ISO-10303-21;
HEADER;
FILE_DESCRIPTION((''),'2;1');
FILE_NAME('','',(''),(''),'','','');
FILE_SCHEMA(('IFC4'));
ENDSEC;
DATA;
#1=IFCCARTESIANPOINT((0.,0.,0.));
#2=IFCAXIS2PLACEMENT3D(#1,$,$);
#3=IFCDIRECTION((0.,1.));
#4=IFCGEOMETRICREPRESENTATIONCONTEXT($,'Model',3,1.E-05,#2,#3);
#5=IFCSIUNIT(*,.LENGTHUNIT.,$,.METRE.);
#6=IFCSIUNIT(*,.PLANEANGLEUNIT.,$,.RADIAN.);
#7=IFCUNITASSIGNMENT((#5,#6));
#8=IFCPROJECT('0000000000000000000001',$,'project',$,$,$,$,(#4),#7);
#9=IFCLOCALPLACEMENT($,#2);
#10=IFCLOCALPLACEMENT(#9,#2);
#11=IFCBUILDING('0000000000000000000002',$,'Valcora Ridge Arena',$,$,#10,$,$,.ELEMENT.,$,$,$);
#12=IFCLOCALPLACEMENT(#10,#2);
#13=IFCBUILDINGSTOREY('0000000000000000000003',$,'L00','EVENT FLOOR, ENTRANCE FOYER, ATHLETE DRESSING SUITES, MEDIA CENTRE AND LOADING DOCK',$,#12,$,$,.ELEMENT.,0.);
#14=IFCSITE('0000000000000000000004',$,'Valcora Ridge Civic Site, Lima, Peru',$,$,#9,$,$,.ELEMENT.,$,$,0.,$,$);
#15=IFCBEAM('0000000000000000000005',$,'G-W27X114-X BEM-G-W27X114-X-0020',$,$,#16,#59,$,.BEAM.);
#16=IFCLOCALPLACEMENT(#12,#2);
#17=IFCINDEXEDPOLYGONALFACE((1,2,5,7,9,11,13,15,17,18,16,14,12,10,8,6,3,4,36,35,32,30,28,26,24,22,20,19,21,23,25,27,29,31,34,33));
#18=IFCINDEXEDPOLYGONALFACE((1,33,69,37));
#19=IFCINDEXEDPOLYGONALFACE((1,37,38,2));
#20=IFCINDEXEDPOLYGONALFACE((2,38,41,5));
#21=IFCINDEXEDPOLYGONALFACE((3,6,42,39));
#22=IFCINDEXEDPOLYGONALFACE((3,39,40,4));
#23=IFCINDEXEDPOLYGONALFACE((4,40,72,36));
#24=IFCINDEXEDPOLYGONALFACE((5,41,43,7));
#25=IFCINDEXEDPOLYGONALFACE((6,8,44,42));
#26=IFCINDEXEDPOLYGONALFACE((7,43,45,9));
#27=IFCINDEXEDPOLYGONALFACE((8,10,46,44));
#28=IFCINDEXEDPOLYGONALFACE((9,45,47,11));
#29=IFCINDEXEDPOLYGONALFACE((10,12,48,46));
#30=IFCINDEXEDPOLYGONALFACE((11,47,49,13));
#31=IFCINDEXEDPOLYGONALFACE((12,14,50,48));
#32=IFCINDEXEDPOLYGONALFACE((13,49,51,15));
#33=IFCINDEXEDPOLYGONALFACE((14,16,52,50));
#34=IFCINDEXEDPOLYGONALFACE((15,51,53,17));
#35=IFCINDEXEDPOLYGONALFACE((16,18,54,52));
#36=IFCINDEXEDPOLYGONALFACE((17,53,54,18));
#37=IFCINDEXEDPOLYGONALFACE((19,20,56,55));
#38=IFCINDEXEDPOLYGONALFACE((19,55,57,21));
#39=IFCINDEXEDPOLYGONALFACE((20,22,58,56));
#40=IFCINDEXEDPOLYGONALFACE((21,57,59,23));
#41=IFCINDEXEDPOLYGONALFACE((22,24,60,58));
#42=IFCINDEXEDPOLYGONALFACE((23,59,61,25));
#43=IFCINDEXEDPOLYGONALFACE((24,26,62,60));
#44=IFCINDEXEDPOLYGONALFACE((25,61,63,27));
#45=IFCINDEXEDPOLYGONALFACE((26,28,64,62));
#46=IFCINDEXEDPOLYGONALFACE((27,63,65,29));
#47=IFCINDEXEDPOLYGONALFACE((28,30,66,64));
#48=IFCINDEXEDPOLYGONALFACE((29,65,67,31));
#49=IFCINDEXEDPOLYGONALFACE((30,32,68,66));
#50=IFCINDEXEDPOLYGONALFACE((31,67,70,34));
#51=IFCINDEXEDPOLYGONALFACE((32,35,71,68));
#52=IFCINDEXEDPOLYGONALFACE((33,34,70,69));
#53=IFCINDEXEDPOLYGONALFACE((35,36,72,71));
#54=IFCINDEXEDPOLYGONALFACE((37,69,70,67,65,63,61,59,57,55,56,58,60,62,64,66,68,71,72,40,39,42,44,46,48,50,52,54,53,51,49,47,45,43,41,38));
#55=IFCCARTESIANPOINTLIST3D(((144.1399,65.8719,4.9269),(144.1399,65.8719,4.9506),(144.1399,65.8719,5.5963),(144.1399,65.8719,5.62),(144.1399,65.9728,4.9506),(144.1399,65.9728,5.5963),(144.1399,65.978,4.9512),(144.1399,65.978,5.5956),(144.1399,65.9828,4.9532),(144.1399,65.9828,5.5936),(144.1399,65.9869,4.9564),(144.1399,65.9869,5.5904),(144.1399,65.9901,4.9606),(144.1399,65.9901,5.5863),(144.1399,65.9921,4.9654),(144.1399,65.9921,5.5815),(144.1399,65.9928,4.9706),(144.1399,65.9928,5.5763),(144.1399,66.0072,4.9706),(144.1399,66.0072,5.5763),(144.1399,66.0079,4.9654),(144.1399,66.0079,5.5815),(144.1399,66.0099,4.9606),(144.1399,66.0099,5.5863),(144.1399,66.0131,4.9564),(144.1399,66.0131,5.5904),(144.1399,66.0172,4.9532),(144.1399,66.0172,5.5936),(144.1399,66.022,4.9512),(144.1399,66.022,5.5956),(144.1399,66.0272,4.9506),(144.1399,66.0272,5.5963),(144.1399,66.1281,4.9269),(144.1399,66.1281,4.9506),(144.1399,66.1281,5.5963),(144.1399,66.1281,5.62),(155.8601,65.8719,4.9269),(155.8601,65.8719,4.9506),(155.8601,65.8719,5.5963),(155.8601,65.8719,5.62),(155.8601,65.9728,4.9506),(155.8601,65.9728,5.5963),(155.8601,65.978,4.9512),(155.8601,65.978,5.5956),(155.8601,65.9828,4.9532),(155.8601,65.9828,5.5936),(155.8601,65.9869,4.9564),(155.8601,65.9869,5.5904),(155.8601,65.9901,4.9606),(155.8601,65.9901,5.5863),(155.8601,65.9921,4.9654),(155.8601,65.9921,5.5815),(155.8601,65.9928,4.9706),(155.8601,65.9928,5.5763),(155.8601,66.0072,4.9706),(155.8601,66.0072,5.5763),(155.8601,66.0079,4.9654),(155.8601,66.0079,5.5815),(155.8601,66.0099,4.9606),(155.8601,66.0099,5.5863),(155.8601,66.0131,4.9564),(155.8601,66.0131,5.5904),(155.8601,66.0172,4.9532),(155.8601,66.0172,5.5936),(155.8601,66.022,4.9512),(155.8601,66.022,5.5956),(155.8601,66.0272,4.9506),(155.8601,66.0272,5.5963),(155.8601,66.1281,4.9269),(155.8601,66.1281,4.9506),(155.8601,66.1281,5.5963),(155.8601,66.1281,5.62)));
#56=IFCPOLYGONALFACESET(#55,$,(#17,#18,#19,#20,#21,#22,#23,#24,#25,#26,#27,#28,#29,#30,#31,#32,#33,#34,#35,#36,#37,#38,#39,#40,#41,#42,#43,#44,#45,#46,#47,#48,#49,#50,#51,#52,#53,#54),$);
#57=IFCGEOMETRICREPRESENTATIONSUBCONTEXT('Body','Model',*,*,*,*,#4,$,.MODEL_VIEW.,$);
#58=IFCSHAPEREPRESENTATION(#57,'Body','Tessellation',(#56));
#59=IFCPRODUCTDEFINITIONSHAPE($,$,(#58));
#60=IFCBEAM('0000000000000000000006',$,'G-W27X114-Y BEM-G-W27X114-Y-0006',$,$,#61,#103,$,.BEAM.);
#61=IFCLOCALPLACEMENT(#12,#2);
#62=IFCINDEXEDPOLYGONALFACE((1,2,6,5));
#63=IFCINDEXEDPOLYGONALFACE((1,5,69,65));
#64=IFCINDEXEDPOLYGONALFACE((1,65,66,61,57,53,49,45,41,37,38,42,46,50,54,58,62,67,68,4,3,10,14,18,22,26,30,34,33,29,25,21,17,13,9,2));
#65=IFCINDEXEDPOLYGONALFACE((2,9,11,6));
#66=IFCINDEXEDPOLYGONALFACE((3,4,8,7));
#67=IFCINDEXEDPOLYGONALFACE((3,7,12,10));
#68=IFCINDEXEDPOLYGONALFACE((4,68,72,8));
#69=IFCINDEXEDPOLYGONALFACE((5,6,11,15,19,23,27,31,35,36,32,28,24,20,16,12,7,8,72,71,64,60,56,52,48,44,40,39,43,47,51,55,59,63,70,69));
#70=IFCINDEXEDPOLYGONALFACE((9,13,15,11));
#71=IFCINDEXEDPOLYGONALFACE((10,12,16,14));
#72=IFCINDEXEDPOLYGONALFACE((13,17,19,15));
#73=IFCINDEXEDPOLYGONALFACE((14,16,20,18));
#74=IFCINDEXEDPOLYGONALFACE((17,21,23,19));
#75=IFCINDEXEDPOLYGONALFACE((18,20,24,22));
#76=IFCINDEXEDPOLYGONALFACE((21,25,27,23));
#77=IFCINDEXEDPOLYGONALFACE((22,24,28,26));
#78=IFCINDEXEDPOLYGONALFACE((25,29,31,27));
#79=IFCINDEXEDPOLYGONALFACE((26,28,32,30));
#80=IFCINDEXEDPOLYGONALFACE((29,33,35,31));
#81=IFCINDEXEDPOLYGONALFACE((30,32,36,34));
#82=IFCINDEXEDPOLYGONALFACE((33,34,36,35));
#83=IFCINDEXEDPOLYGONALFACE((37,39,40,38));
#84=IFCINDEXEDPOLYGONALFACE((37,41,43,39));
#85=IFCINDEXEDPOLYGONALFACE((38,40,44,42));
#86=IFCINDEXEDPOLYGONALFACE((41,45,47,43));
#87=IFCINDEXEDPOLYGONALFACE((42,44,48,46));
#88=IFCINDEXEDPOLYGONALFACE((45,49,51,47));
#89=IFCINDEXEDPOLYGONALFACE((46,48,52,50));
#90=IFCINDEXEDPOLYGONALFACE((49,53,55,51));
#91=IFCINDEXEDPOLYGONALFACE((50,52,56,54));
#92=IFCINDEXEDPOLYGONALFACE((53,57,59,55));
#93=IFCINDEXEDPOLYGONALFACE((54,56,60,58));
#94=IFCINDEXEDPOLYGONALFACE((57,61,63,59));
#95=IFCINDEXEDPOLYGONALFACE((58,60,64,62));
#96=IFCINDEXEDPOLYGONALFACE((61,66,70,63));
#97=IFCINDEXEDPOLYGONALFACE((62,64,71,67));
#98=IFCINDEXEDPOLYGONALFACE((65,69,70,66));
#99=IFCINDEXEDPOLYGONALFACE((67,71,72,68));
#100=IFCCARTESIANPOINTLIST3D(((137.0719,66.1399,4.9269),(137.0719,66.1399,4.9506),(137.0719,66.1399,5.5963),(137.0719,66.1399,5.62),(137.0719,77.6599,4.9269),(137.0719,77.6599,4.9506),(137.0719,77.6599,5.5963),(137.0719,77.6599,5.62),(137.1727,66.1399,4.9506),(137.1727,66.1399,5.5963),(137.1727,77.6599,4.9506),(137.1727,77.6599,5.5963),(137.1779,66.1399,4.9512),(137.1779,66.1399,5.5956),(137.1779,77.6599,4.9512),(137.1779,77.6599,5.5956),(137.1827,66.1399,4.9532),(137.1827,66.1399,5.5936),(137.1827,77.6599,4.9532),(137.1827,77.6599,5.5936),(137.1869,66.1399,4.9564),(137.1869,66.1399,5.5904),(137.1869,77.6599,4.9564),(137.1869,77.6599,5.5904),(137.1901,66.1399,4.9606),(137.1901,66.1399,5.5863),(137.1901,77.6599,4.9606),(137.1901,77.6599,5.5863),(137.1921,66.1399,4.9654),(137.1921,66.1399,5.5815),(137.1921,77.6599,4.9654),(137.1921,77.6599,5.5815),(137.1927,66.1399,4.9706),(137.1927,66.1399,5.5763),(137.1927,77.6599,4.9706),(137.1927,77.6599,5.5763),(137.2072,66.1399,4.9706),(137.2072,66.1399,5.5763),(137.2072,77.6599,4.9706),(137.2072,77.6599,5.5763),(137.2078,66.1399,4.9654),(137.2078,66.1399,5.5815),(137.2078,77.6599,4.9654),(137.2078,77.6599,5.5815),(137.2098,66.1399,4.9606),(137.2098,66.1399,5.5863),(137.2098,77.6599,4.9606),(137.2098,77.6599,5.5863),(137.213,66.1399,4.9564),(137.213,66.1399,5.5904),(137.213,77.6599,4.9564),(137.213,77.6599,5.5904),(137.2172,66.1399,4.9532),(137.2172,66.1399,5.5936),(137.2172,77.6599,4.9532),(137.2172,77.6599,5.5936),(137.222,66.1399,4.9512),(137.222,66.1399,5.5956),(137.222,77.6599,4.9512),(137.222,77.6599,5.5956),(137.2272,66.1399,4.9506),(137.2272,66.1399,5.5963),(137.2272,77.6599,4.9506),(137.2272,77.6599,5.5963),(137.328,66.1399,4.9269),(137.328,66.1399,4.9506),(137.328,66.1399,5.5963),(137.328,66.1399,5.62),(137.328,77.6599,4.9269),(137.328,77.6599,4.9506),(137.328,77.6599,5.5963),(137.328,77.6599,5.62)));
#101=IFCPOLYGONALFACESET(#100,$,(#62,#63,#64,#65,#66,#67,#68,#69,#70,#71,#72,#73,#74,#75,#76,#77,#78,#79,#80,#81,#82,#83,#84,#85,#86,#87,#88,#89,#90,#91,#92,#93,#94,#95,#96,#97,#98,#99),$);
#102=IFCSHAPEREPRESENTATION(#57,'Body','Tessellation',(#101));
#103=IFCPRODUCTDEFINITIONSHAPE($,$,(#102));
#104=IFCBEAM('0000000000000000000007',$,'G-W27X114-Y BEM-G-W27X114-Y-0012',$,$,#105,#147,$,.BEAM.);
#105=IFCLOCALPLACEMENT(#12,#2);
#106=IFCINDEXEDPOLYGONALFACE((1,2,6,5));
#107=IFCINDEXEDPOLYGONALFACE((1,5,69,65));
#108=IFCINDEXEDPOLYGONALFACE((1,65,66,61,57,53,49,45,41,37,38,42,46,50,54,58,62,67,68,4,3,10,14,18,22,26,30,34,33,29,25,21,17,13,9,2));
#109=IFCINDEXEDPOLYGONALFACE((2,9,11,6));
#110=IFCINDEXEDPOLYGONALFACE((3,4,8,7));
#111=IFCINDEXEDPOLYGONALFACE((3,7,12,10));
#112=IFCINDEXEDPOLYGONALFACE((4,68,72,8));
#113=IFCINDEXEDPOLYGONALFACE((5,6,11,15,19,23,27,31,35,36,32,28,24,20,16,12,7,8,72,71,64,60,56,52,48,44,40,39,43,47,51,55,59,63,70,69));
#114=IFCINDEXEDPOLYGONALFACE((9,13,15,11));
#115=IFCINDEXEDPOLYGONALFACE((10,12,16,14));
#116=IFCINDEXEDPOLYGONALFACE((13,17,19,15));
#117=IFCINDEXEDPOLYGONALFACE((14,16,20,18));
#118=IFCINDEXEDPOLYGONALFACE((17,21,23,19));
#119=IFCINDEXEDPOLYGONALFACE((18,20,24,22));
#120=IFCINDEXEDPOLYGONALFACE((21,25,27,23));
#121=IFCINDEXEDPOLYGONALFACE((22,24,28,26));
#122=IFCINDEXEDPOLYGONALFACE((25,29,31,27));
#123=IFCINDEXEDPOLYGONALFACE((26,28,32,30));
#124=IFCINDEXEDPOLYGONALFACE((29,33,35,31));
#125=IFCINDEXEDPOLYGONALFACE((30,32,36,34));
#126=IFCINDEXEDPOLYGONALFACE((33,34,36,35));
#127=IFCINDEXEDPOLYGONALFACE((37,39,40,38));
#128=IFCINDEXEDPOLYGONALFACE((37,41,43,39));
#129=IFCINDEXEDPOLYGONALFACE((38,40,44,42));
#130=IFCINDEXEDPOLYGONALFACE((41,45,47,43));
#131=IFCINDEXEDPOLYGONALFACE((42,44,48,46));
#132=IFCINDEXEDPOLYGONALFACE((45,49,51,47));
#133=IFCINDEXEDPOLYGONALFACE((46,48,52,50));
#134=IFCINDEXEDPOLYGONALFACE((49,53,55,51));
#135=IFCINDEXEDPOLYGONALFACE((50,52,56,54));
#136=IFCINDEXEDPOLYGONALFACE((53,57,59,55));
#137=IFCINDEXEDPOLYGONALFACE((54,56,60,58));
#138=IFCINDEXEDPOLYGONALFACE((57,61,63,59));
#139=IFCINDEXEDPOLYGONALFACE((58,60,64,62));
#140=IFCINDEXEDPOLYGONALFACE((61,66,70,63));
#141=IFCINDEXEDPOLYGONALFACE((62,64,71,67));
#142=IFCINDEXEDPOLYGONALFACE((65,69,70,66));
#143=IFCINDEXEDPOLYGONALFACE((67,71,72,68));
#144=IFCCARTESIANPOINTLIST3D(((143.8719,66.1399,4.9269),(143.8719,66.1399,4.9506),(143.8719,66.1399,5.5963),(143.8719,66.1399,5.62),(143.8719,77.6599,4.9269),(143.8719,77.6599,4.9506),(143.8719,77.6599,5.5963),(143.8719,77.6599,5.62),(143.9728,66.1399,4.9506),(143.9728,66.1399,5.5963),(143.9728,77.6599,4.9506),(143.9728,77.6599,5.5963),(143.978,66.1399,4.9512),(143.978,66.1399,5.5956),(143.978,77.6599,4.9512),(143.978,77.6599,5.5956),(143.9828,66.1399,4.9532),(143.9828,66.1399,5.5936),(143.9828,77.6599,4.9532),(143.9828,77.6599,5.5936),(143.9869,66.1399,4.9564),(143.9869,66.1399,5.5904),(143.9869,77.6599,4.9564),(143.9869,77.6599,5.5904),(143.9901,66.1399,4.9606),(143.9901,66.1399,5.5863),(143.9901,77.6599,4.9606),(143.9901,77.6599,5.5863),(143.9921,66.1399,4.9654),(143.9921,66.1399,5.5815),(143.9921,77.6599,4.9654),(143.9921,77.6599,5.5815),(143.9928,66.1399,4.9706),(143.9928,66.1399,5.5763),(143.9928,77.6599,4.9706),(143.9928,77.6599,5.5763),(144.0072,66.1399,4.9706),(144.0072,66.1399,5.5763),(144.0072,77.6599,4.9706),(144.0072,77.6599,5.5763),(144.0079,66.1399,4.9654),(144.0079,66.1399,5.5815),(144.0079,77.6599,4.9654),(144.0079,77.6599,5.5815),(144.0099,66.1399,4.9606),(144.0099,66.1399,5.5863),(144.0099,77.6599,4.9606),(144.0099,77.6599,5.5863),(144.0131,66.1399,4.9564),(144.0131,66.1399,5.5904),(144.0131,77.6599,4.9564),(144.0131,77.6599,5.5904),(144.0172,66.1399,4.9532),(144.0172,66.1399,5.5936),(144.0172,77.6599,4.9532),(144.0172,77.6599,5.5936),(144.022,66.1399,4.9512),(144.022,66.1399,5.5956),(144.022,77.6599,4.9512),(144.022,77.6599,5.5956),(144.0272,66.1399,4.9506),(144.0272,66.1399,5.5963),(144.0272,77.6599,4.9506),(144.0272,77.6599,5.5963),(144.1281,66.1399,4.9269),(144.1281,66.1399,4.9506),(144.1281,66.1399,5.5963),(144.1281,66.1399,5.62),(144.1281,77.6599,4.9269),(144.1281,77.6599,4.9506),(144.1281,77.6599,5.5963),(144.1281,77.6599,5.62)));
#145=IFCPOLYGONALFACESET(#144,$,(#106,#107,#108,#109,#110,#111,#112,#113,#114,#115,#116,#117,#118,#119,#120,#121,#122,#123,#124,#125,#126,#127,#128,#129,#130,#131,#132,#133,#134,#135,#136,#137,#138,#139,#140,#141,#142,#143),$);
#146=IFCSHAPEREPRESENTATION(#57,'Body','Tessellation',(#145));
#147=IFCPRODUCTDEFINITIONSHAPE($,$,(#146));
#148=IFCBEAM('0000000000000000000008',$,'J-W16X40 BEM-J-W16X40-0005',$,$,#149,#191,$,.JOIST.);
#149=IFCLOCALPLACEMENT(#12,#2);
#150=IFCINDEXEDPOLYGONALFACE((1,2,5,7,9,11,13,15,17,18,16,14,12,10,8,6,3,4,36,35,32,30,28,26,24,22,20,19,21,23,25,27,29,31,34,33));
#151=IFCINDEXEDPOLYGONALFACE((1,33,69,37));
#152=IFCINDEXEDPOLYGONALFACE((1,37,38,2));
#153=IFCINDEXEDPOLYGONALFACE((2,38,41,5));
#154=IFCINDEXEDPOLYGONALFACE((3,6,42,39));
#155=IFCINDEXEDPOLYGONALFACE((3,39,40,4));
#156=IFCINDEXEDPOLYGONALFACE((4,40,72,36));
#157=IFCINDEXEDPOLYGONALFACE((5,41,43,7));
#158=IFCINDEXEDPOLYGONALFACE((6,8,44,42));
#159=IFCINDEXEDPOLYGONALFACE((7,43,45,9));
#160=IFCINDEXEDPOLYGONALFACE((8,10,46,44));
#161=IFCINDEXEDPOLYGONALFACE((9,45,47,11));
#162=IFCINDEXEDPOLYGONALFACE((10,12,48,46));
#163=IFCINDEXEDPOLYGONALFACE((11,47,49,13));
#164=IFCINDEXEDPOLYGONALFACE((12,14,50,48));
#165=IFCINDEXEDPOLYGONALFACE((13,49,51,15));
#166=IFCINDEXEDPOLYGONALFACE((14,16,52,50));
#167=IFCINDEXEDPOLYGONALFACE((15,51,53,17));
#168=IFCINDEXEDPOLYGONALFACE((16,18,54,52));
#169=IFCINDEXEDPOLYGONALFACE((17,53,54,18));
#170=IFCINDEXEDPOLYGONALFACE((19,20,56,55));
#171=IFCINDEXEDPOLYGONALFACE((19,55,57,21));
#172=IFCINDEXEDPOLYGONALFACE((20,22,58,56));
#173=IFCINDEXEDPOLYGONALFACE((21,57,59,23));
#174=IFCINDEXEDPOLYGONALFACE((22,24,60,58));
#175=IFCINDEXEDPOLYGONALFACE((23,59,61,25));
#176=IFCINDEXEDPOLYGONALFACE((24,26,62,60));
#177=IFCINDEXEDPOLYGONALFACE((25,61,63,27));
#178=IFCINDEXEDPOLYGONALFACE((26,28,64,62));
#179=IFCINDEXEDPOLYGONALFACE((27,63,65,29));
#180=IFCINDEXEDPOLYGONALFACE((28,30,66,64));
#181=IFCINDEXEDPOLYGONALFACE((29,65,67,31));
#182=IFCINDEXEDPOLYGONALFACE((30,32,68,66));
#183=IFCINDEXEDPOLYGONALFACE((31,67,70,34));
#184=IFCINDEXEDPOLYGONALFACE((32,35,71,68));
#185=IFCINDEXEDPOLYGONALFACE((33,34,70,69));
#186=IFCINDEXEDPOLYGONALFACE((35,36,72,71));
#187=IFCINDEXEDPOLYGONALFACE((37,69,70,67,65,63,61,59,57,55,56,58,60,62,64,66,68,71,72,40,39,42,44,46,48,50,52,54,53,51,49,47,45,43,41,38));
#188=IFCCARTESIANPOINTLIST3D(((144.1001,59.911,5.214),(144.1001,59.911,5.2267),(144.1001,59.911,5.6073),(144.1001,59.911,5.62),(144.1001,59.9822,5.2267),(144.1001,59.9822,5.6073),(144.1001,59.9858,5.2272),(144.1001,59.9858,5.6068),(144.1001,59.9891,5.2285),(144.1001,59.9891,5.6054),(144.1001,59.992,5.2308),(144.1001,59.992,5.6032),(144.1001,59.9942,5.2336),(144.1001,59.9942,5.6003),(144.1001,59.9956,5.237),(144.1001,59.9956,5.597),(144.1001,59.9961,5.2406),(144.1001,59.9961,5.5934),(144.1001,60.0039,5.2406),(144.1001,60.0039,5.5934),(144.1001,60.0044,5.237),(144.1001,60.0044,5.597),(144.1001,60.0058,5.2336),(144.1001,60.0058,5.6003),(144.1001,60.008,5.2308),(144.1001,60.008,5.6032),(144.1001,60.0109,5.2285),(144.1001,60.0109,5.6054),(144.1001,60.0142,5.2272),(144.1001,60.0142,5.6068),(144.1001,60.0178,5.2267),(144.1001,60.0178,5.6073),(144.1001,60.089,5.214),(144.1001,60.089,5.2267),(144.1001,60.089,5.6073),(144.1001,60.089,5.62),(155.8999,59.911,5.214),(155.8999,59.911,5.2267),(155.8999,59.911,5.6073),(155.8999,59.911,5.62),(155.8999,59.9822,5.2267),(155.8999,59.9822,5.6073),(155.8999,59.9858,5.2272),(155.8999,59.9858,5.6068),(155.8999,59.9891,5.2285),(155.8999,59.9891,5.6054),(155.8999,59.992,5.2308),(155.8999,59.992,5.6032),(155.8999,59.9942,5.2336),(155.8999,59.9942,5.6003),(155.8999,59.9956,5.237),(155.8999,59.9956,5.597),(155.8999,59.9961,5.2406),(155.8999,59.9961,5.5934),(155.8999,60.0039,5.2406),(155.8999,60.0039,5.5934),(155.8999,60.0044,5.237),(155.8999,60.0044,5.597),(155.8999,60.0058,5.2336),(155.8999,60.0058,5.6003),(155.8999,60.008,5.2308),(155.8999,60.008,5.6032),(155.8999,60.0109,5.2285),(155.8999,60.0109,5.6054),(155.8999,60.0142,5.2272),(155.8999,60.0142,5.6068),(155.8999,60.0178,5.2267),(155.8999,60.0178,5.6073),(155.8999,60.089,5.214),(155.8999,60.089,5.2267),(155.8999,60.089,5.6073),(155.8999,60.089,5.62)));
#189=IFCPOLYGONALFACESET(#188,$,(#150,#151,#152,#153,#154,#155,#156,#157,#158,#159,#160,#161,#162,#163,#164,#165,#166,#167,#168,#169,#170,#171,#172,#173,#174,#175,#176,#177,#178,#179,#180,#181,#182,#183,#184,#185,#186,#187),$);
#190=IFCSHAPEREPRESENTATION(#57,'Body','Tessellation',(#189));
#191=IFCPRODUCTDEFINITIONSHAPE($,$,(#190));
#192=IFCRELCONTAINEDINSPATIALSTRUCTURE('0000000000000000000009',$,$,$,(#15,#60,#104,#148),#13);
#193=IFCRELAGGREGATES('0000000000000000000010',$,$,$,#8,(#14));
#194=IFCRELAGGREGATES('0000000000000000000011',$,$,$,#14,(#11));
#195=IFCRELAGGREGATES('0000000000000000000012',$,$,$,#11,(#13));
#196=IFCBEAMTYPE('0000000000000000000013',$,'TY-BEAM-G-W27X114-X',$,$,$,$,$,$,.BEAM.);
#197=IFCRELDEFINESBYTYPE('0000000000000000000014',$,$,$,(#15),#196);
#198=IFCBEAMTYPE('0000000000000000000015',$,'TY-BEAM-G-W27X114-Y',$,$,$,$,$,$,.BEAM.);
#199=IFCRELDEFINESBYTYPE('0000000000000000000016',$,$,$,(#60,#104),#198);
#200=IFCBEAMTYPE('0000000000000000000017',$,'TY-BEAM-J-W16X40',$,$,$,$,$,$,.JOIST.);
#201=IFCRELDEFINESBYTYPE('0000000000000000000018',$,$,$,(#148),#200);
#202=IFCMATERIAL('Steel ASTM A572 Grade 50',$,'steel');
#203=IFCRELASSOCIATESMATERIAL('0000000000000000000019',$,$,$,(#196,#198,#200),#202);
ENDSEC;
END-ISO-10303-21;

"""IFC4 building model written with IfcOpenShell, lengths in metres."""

from ifc_helpers import new_model, si_unit, direction, frame, origin, origin_2d, place, context, subcontext, project, spatial, i_section, extrude, material, material_profile, profile_set, type_object, element, save


model = new_model("IFC4")

# Units and contexts
model_context = context("Model", 3, precision=1e-05, world=origin(), true_north=direction((0.0, 1.0)))
body_context = subcontext(model_context, "Body", "Model", "MODEL_VIEW")
ifc_project = project(units=[si_unit("LENGTHUNIT", "METRE"), si_unit("PLANEANGLEUNIT", "RADIAN")], contexts=[model_context])

# Site, building, storey
site_placement = place(None, origin())
site = spatial("IfcSite", under=ifc_project, at=site_placement, Name="Valcora Ridge Civic Site, Lima, Peru", CompositionType="ELEMENT", RefElevation=0.0)
building_placement = place(site_placement, origin())
building = spatial("IfcBuilding", under=site, at=building_placement, Name="Valcora Ridge Arena", CompositionType="ELEMENT")
storey_placement = place(building_placement, origin())
storey = spatial("IfcBuildingStorey", under=building, at=storey_placement, Name="L00", Description="EVENT FLOOR, ENTRANCE FOYER, ATHLETE DRESSING SUITES, MEDIA CENTRE AND LOADING DOCK", CompositionType="ELEMENT", Elevation=0.0)

# Shared definitions
ifc_material_1 = material(Name="Steel ASTM A572 Grade 50", Category="steel")

# Beams
ifc_material_profile_1 = material_profile(ifc_material_1, i_section(OverallWidth=0.2561, OverallDepth=0.6931, WebThickness=0.0144, FlangeThickness=0.0237, FilletRadius=0.02, at=origin_2d()), Name="W27X114")
ifc_profile_set_1 = profile_set([ifc_material_profile_1], Name="Steel ASTM A572 Grade 50")
beam_type_1 = type_object("IfcBeamType", Name="TY-BEAM-G-W27X114-X", PredefinedType="BEAM", material=ifc_profile_set_1)
beam_1_placement = place(storey_placement, frame((144.1399, 66.0, 5.2734), z_axis=(1.0, 0.0, 0.0), x_axis=(0.0, 1.0, 0.0)))
element("IfcBeam", 1, at=beam_1_placement, inside=storey, type_object=beam_type_1, Name="G-W27X114-X BEM-G-W27X114-X-0020", PredefinedType="BEAM", context=body_context, shape_type="SweptSolid", body=[
    extrude(i_section(OverallWidth=0.2561, OverallDepth=0.6931, WebThickness=0.0144, FlangeThickness=0.0237, FilletRadius=0.02, at=origin_2d()), origin(), (0.0, 0.0, 1.0), 11.7202),
])
ifc_material_profile_2 = material_profile(ifc_material_1, i_section(OverallWidth=0.2561, OverallDepth=0.6931, WebThickness=0.0144, FlangeThickness=0.0237, FilletRadius=0.02, at=origin_2d()), Name="W27X114")
ifc_profile_set_2 = profile_set([ifc_material_profile_2], Name="Steel ASTM A572 Grade 50")
beam_type_2 = type_object("IfcBeamType", Name="TY-BEAM-G-W27X114-Y", PredefinedType="BEAM", material=ifc_profile_set_2)
for number, where, z_axis, x_axis, name in (
    (2, (137.2, 66.1399, 5.2734), (0.0, 1.0, 0.0), (-1.0, 0.0, 0.0), "G-W27X114-Y BEM-G-W27X114-Y-0006"),
    (3, (144.0, 66.1399, 5.2734), (0.0, 1.0, 0.0), (-1.0, 0.0, 0.0), "G-W27X114-Y BEM-G-W27X114-Y-0012"),
):
    element("IfcBeam", number, at=place(storey_placement, frame(where, z_axis=z_axis, x_axis=x_axis)), inside=storey, type_object=beam_type_2, Name=name, PredefinedType="BEAM", context=body_context, shape_type="SweptSolid", body=[
        extrude(i_section(OverallWidth=0.2561, OverallDepth=0.6931, WebThickness=0.0144, FlangeThickness=0.0237, FilletRadius=0.02, at=origin_2d()), origin(), (0.0, 0.0, 1.0), 11.52),
    ])
ifc_material_profile_3 = material_profile(ifc_material_1, i_section(OverallWidth=0.178, OverallDepth=0.406, WebThickness=0.0078, FlangeThickness=0.0127, FilletRadius=0.0139, at=origin_2d()), Name="W16X40")
ifc_profile_set_3 = profile_set([ifc_material_profile_3], Name="Steel ASTM A572 Grade 50")
beam_type_3 = type_object("IfcBeamType", Name="TY-BEAM-J-W16X40", PredefinedType="JOIST", material=ifc_profile_set_3)
beam_2_placement = place(storey_placement, frame((144.1001, 60.0, 5.417), z_axis=(1.0, 0.0, 0.0), x_axis=(0.0, 1.0, 0.0)))
element("IfcBeam", 4, at=beam_2_placement, inside=storey, type_object=beam_type_3, Name="J-W16X40 BEM-J-W16X40-0005", PredefinedType="JOIST", context=body_context, shape_type="SweptSolid", body=[
    extrude(i_section(OverallWidth=0.178, OverallDepth=0.406, WebThickness=0.0078, FlangeThickness=0.0127, FilletRadius=0.0139, at=origin_2d()), origin(), (0.0, 0.0, 1.0), 11.7998),
])

save(model, "model.ifc")
